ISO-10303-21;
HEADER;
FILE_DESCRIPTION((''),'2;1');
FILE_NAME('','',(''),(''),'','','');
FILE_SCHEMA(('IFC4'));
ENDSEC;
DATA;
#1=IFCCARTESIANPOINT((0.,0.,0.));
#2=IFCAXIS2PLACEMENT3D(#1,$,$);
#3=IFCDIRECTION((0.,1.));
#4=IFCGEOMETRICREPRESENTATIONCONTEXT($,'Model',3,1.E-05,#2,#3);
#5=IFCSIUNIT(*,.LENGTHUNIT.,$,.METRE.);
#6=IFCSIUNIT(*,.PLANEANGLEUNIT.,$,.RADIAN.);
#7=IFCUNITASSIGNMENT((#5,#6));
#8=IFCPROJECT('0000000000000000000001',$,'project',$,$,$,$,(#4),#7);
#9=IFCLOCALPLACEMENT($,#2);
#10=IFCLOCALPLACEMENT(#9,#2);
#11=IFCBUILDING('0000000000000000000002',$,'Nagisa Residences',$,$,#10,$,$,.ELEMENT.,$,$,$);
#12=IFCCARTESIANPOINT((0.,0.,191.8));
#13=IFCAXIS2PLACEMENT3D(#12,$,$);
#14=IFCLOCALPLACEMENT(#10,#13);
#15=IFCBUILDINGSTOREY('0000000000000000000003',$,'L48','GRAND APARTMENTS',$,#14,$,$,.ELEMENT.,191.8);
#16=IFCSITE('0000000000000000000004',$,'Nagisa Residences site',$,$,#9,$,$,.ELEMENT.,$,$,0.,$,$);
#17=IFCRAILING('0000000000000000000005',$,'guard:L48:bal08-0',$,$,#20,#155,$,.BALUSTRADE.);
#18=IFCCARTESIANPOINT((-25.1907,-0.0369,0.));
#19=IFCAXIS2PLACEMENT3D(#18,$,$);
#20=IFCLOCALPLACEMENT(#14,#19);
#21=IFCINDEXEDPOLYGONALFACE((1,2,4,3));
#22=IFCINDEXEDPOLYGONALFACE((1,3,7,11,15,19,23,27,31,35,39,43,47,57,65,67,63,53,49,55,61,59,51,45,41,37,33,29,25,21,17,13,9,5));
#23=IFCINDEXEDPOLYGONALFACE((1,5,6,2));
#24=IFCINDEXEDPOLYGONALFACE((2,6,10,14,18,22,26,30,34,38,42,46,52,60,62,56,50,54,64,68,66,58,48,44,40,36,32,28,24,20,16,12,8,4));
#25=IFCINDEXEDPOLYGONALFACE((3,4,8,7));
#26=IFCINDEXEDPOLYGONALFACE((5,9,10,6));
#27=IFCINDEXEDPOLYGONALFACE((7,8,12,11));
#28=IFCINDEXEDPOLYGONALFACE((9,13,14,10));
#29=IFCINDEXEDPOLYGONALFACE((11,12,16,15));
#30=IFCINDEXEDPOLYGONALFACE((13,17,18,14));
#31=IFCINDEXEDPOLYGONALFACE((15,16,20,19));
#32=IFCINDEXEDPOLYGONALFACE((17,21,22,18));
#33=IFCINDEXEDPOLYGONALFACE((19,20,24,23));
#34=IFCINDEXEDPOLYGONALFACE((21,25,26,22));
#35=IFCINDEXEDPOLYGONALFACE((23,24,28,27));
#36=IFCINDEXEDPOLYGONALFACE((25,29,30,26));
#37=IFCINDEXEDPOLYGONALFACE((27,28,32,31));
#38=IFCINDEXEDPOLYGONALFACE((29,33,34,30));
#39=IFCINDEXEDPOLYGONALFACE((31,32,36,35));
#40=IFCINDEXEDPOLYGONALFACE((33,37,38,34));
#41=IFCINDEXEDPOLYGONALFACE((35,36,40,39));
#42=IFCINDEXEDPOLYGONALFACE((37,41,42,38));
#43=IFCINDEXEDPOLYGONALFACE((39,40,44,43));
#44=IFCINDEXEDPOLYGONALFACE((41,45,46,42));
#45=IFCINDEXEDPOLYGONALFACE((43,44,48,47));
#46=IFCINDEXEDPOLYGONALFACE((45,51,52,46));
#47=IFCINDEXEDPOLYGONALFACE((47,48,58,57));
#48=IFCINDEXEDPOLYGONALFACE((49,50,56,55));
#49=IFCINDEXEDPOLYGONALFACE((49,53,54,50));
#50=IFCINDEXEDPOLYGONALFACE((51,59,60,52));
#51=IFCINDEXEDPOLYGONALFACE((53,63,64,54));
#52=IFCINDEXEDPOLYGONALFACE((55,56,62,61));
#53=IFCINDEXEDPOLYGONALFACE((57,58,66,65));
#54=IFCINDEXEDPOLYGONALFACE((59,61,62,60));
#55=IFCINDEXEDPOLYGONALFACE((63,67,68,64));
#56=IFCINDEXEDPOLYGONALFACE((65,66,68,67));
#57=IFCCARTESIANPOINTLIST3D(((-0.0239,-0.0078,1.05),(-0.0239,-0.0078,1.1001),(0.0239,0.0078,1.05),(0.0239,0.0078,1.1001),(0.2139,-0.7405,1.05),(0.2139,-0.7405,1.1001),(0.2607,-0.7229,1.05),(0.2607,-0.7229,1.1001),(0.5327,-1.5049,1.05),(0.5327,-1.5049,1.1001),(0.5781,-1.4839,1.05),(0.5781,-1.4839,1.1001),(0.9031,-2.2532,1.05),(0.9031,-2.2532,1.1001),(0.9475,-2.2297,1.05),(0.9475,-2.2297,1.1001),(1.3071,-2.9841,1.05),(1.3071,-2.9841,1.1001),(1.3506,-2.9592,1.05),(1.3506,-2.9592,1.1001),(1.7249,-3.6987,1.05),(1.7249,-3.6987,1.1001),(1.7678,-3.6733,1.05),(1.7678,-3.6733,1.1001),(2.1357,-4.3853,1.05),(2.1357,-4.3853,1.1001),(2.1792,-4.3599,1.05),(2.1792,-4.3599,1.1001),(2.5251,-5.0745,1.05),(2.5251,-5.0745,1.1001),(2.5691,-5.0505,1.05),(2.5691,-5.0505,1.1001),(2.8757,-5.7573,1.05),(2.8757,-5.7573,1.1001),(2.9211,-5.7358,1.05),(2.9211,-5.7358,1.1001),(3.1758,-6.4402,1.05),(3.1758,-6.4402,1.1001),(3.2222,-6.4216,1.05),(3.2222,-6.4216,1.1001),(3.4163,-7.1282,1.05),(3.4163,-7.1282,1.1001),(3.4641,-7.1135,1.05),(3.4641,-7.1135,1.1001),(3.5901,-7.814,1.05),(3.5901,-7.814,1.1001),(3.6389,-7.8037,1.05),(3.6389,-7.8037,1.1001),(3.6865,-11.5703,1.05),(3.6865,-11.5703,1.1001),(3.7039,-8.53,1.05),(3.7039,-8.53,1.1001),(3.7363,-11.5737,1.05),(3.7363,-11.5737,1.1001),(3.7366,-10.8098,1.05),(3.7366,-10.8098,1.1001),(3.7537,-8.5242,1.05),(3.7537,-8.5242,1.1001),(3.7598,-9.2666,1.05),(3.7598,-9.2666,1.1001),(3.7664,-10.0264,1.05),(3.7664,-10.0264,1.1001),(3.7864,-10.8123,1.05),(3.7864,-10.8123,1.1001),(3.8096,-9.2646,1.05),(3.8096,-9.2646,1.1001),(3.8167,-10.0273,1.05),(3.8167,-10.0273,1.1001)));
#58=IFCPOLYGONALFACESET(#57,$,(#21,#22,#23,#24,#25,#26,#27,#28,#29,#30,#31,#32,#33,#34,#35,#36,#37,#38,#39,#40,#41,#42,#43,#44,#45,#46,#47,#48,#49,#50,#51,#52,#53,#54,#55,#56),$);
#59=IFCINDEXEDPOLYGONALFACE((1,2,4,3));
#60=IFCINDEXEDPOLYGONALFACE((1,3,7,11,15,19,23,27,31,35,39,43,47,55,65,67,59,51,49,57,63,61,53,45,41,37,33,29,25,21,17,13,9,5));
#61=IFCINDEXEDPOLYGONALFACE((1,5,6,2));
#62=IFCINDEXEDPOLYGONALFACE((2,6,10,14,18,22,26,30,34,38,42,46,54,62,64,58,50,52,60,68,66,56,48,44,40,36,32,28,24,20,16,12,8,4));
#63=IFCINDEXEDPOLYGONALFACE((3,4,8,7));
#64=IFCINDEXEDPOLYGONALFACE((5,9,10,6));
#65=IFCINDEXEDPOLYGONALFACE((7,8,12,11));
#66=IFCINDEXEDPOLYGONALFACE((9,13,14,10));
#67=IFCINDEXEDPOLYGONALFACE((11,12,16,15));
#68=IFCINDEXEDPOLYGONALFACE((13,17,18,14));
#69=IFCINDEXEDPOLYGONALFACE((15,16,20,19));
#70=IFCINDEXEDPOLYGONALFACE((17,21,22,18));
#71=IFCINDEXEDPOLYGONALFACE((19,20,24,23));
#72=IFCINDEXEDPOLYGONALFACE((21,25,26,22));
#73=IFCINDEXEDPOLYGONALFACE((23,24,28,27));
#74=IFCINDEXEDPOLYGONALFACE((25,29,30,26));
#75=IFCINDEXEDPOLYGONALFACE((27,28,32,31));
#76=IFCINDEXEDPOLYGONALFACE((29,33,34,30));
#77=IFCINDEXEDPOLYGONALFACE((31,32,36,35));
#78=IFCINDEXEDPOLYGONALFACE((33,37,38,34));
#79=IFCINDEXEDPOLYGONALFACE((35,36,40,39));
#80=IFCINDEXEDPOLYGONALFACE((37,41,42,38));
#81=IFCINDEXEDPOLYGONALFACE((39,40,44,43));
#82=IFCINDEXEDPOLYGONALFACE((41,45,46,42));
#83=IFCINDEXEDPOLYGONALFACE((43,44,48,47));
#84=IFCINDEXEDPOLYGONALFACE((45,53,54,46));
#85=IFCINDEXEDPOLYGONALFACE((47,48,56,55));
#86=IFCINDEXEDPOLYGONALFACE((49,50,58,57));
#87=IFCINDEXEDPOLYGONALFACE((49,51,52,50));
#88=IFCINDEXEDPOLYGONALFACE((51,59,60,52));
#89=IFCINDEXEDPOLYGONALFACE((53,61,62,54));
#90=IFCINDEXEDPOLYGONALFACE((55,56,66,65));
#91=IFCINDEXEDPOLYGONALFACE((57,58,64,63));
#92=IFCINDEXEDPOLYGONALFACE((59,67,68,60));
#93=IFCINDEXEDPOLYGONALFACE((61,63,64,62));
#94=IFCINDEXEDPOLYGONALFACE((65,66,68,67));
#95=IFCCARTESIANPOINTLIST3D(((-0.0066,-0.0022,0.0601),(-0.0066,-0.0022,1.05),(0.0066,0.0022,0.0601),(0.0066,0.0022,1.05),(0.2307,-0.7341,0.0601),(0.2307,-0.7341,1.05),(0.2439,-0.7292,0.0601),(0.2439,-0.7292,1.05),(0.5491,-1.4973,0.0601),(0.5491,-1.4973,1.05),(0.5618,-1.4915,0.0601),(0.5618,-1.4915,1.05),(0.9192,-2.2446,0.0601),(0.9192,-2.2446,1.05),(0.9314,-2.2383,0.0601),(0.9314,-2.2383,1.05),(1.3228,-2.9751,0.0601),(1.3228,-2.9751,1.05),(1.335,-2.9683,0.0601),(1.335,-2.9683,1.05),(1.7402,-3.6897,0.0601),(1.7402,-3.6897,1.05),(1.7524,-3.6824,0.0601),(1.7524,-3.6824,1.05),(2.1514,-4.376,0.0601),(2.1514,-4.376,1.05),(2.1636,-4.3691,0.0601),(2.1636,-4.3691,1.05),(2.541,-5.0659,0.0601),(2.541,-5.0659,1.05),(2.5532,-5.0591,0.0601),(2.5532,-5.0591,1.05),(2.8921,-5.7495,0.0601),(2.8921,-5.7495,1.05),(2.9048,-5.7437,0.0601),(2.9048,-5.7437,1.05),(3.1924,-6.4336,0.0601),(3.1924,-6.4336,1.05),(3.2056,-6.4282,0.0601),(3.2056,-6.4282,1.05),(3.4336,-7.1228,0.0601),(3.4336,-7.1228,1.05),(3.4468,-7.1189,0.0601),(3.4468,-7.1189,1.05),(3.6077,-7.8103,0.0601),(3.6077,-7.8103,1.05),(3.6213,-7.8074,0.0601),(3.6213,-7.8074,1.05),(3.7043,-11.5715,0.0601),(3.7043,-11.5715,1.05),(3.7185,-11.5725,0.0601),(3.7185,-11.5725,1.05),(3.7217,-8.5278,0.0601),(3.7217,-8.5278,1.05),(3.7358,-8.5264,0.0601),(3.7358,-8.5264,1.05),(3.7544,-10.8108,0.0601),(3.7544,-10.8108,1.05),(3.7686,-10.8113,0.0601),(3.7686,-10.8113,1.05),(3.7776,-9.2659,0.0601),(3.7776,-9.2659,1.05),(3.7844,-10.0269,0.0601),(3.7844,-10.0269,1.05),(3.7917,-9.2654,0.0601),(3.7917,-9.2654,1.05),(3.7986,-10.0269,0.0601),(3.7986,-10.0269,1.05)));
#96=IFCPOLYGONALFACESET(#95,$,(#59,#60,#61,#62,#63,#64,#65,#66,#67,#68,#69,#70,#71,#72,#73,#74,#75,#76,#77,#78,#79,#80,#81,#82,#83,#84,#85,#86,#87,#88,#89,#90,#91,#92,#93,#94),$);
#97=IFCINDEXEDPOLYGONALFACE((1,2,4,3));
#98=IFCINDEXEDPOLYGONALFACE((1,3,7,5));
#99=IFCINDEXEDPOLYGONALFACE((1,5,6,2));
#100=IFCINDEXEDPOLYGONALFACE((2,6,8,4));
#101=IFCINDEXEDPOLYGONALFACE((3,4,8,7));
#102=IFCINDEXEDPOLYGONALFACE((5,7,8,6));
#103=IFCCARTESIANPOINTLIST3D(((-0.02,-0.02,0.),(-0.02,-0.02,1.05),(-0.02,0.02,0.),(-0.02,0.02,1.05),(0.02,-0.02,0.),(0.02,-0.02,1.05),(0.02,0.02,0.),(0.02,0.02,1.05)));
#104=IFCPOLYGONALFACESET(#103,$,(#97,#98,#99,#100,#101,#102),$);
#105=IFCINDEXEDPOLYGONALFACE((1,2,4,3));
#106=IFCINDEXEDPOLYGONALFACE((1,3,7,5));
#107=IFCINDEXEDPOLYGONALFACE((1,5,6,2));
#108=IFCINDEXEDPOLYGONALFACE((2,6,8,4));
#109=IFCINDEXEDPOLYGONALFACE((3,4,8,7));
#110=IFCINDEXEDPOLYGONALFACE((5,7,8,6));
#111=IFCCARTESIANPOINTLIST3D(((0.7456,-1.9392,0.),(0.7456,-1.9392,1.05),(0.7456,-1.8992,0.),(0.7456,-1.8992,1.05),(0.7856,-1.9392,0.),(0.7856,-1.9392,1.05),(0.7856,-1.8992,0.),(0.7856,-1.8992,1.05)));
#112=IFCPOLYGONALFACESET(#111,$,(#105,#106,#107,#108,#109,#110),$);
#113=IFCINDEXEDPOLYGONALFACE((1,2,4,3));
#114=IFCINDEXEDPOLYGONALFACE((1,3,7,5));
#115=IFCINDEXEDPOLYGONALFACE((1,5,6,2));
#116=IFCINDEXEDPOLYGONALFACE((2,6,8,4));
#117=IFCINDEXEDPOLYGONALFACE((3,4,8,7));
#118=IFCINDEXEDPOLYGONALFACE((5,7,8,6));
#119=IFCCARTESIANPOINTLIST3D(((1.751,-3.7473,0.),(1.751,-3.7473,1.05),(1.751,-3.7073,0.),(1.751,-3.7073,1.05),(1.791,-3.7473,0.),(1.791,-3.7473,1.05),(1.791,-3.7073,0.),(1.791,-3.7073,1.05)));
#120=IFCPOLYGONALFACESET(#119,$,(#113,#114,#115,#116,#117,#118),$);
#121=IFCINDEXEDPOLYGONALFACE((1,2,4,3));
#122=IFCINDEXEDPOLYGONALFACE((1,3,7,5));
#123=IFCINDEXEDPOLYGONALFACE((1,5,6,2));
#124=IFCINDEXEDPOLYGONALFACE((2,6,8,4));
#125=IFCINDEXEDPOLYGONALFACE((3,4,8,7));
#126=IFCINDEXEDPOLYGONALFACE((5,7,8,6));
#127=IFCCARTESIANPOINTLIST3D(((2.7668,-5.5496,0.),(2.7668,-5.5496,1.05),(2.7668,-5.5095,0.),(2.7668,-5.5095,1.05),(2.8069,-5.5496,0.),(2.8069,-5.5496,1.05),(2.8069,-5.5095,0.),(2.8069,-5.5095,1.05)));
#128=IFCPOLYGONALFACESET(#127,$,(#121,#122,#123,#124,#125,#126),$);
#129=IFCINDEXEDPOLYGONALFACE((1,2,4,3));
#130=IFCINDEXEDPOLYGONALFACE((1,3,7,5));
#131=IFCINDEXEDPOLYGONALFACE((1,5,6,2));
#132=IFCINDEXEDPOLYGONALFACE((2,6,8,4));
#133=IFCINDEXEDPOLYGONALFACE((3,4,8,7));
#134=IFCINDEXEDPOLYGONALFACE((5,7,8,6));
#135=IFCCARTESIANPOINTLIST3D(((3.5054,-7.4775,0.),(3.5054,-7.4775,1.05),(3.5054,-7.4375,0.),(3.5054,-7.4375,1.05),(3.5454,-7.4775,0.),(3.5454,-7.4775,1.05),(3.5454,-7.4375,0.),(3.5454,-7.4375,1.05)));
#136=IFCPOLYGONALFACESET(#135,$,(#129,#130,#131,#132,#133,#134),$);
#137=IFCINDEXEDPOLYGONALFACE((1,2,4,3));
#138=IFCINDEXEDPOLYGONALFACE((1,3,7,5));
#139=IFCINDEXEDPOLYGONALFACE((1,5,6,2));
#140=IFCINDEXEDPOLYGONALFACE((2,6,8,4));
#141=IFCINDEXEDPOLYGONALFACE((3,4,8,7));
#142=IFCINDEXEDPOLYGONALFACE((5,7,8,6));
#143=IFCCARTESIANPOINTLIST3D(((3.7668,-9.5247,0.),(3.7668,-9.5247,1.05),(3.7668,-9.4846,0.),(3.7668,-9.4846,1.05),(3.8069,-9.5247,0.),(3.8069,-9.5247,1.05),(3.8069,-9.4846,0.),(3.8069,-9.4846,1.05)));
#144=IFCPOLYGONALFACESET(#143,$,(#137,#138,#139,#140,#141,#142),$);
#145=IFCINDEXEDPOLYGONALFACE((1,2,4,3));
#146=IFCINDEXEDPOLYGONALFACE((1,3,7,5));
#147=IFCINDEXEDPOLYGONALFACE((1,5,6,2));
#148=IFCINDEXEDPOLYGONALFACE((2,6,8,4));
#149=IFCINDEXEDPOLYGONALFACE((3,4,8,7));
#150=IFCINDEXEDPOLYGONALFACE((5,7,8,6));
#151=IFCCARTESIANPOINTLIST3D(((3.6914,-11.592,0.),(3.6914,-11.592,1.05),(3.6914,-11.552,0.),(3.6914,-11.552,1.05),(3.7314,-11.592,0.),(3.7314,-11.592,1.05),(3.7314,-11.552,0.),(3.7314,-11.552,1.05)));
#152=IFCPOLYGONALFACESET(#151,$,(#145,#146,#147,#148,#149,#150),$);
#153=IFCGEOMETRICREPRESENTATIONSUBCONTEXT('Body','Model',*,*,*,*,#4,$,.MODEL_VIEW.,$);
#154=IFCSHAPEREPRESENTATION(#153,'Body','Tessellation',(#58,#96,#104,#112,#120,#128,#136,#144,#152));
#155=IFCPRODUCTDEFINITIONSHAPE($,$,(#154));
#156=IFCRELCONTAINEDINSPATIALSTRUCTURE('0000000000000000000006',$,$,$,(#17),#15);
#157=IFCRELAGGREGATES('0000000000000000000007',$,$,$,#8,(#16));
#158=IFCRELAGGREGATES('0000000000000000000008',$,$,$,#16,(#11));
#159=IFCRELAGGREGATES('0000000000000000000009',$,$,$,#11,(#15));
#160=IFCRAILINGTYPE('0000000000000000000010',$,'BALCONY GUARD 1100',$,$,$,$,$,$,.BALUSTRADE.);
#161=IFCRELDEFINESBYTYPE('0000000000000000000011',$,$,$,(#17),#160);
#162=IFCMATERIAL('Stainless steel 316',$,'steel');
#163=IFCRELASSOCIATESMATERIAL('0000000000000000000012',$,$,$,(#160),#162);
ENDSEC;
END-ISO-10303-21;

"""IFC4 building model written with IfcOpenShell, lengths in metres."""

from ifc_helpers import new_model, si_unit, direction, frame, origin, origin_2d, place, context, subcontext, project, spatial, polyline, rectangle, outline, extrude, material, type_object, element, save


model = new_model("IFC4")

# Units and contexts
model_context = context("Model", 3, precision=1e-05, world=origin(), true_north=direction((0.0, 1.0)))
body_context = subcontext(model_context, "Body", "Model", "MODEL_VIEW")
ifc_project = project(units=[si_unit("LENGTHUNIT", "METRE"), si_unit("PLANEANGLEUNIT", "RADIAN")], contexts=[model_context])

# Site, building, storey
site_placement = place(None, origin())
site = spatial("IfcSite", under=ifc_project, at=site_placement, Name="Nagisa Residences site", CompositionType="ELEMENT", RefElevation=0.0)
building_placement = place(site_placement, origin())
building = spatial("IfcBuilding", under=site, at=building_placement, Name="Nagisa Residences", CompositionType="ELEMENT")
storey_placement = place(building_placement, frame((0.0, 0.0, 191.8)))
storey = spatial("IfcBuildingStorey", under=building, at=storey_placement, Name="L48", Description="GRAND APARTMENTS", CompositionType="ELEMENT", Elevation=191.8)

# Railing
ifc_material_1 = material(Name="Stainless steel 316", Category="steel")
railing_type = type_object("IfcRailingType", Name="BALCONY GUARD 1100", PredefinedType="BALUSTRADE", material=ifc_material_1)
railing_placement = place(storey_placement, frame((-25.1907, -0.0369, 0.0)))
element("IfcRailing", 1, at=railing_placement, inside=storey, type_object=railing_type, Name="guard:L48:bal08-0", PredefinedType="BALUSTRADE", context=body_context, shape_type="SweptSolid", body=[
    extrude(outline(polyline([(0.2607, -0.7229), (0.0239, 0.0078), (-0.0239, -0.0078), (0.2139, -0.7405), (0.5327, -1.5049), (0.9031, -2.2532), (1.3071, -2.9841), (1.7249, -3.6987), (2.1357, -4.3853), (2.5251, -5.0745), (2.8757, -5.7573), (3.1758, -6.4402), (3.4163, -7.1282), (3.5901, -7.814), (3.7039, -8.53), (3.7598, -9.2666), (3.7664, -10.0264), (3.7366, -10.8098), (3.6865, -11.5703), (3.7363, -11.5737), (3.7864, -10.8123), (3.8167, -10.0273), (3.8096, -9.2646), (3.7537, -8.5242), (3.6389, -7.8037), (3.4641, -7.1135), (3.2222, -6.4216), (2.9211, -5.7358), (2.5691, -5.0505), (2.1792, -4.3599), (1.7678, -3.6733), (1.3506, -2.9592), (0.9475, -2.2297), (0.5781, -1.4839), (0.2607, -0.7229)])), frame((0.0, 0.0, 1.05)), (0.0, 0.0, 1.0), 0.05),
    extrude(outline(polyline([(0.2439, -0.7292), (0.0066, 0.0022), (-0.0066, -0.0022), (0.2307, -0.7341), (0.5491, -1.4973), (0.9192, -2.2446), (1.3228, -2.9751), (1.7402, -3.6897), (2.1514, -4.376), (2.541, -5.0659), (2.8921, -5.7495), (3.1924, -6.4336), (3.4336, -7.1228), (3.6077, -7.8103), (3.7217, -8.5278), (3.7776, -9.2659), (3.7844, -10.0269), (3.7544, -10.8108), (3.7043, -11.5715), (3.7185, -11.5725), (3.7686, -10.8113), (3.7986, -10.0269), (3.7917, -9.2654), (3.7358, -8.5264), (3.6213, -7.8074), (3.4468, -7.1189), (3.2056, -6.4282), (2.9048, -5.7437), (2.5532, -5.0591), (2.1636, -4.3691), (1.7524, -3.6824), (1.335, -2.9683), (0.9314, -2.2383), (0.5618, -1.4915), (0.2439, -0.7292)])), frame((0.0, 0.0, 0.0601)), (0.0, 0.0, 1.0), 0.99),
    extrude(rectangle(XDim=0.04, YDim=0.04, at=origin_2d()), origin(), (0.0, 0.0, 1.0), 1.05),
    extrude(rectangle(XDim=0.04, YDim=0.04, at=origin_2d()), frame((0.7656, -1.9192, 0.0)), (0.0, 0.0, 1.0), 1.05),
    extrude(rectangle(XDim=0.04, YDim=0.04, at=origin_2d()), frame((1.771, -3.7273, 0.0)), (0.0, 0.0, 1.0), 1.05),
    extrude(rectangle(XDim=0.04, YDim=0.04, at=origin_2d()), frame((2.7869, -5.5295, 0.0)), (0.0, 0.0, 1.0), 1.05),
    extrude(rectangle(XDim=0.04, YDim=0.04, at=origin_2d()), frame((3.5254, -7.4575, 0.0)), (0.0, 0.0, 1.0), 1.05),
    extrude(rectangle(XDim=0.04, YDim=0.04, at=origin_2d()), frame((3.7869, -9.5046, 0.0)), (0.0, 0.0, 1.0), 1.05),
    extrude(rectangle(XDim=0.04, YDim=0.04, at=origin_2d()), frame((3.7114, -11.572, 0.0)), (0.0, 0.0, 1.0), 1.05),
])

save(model, "model.ifc")
